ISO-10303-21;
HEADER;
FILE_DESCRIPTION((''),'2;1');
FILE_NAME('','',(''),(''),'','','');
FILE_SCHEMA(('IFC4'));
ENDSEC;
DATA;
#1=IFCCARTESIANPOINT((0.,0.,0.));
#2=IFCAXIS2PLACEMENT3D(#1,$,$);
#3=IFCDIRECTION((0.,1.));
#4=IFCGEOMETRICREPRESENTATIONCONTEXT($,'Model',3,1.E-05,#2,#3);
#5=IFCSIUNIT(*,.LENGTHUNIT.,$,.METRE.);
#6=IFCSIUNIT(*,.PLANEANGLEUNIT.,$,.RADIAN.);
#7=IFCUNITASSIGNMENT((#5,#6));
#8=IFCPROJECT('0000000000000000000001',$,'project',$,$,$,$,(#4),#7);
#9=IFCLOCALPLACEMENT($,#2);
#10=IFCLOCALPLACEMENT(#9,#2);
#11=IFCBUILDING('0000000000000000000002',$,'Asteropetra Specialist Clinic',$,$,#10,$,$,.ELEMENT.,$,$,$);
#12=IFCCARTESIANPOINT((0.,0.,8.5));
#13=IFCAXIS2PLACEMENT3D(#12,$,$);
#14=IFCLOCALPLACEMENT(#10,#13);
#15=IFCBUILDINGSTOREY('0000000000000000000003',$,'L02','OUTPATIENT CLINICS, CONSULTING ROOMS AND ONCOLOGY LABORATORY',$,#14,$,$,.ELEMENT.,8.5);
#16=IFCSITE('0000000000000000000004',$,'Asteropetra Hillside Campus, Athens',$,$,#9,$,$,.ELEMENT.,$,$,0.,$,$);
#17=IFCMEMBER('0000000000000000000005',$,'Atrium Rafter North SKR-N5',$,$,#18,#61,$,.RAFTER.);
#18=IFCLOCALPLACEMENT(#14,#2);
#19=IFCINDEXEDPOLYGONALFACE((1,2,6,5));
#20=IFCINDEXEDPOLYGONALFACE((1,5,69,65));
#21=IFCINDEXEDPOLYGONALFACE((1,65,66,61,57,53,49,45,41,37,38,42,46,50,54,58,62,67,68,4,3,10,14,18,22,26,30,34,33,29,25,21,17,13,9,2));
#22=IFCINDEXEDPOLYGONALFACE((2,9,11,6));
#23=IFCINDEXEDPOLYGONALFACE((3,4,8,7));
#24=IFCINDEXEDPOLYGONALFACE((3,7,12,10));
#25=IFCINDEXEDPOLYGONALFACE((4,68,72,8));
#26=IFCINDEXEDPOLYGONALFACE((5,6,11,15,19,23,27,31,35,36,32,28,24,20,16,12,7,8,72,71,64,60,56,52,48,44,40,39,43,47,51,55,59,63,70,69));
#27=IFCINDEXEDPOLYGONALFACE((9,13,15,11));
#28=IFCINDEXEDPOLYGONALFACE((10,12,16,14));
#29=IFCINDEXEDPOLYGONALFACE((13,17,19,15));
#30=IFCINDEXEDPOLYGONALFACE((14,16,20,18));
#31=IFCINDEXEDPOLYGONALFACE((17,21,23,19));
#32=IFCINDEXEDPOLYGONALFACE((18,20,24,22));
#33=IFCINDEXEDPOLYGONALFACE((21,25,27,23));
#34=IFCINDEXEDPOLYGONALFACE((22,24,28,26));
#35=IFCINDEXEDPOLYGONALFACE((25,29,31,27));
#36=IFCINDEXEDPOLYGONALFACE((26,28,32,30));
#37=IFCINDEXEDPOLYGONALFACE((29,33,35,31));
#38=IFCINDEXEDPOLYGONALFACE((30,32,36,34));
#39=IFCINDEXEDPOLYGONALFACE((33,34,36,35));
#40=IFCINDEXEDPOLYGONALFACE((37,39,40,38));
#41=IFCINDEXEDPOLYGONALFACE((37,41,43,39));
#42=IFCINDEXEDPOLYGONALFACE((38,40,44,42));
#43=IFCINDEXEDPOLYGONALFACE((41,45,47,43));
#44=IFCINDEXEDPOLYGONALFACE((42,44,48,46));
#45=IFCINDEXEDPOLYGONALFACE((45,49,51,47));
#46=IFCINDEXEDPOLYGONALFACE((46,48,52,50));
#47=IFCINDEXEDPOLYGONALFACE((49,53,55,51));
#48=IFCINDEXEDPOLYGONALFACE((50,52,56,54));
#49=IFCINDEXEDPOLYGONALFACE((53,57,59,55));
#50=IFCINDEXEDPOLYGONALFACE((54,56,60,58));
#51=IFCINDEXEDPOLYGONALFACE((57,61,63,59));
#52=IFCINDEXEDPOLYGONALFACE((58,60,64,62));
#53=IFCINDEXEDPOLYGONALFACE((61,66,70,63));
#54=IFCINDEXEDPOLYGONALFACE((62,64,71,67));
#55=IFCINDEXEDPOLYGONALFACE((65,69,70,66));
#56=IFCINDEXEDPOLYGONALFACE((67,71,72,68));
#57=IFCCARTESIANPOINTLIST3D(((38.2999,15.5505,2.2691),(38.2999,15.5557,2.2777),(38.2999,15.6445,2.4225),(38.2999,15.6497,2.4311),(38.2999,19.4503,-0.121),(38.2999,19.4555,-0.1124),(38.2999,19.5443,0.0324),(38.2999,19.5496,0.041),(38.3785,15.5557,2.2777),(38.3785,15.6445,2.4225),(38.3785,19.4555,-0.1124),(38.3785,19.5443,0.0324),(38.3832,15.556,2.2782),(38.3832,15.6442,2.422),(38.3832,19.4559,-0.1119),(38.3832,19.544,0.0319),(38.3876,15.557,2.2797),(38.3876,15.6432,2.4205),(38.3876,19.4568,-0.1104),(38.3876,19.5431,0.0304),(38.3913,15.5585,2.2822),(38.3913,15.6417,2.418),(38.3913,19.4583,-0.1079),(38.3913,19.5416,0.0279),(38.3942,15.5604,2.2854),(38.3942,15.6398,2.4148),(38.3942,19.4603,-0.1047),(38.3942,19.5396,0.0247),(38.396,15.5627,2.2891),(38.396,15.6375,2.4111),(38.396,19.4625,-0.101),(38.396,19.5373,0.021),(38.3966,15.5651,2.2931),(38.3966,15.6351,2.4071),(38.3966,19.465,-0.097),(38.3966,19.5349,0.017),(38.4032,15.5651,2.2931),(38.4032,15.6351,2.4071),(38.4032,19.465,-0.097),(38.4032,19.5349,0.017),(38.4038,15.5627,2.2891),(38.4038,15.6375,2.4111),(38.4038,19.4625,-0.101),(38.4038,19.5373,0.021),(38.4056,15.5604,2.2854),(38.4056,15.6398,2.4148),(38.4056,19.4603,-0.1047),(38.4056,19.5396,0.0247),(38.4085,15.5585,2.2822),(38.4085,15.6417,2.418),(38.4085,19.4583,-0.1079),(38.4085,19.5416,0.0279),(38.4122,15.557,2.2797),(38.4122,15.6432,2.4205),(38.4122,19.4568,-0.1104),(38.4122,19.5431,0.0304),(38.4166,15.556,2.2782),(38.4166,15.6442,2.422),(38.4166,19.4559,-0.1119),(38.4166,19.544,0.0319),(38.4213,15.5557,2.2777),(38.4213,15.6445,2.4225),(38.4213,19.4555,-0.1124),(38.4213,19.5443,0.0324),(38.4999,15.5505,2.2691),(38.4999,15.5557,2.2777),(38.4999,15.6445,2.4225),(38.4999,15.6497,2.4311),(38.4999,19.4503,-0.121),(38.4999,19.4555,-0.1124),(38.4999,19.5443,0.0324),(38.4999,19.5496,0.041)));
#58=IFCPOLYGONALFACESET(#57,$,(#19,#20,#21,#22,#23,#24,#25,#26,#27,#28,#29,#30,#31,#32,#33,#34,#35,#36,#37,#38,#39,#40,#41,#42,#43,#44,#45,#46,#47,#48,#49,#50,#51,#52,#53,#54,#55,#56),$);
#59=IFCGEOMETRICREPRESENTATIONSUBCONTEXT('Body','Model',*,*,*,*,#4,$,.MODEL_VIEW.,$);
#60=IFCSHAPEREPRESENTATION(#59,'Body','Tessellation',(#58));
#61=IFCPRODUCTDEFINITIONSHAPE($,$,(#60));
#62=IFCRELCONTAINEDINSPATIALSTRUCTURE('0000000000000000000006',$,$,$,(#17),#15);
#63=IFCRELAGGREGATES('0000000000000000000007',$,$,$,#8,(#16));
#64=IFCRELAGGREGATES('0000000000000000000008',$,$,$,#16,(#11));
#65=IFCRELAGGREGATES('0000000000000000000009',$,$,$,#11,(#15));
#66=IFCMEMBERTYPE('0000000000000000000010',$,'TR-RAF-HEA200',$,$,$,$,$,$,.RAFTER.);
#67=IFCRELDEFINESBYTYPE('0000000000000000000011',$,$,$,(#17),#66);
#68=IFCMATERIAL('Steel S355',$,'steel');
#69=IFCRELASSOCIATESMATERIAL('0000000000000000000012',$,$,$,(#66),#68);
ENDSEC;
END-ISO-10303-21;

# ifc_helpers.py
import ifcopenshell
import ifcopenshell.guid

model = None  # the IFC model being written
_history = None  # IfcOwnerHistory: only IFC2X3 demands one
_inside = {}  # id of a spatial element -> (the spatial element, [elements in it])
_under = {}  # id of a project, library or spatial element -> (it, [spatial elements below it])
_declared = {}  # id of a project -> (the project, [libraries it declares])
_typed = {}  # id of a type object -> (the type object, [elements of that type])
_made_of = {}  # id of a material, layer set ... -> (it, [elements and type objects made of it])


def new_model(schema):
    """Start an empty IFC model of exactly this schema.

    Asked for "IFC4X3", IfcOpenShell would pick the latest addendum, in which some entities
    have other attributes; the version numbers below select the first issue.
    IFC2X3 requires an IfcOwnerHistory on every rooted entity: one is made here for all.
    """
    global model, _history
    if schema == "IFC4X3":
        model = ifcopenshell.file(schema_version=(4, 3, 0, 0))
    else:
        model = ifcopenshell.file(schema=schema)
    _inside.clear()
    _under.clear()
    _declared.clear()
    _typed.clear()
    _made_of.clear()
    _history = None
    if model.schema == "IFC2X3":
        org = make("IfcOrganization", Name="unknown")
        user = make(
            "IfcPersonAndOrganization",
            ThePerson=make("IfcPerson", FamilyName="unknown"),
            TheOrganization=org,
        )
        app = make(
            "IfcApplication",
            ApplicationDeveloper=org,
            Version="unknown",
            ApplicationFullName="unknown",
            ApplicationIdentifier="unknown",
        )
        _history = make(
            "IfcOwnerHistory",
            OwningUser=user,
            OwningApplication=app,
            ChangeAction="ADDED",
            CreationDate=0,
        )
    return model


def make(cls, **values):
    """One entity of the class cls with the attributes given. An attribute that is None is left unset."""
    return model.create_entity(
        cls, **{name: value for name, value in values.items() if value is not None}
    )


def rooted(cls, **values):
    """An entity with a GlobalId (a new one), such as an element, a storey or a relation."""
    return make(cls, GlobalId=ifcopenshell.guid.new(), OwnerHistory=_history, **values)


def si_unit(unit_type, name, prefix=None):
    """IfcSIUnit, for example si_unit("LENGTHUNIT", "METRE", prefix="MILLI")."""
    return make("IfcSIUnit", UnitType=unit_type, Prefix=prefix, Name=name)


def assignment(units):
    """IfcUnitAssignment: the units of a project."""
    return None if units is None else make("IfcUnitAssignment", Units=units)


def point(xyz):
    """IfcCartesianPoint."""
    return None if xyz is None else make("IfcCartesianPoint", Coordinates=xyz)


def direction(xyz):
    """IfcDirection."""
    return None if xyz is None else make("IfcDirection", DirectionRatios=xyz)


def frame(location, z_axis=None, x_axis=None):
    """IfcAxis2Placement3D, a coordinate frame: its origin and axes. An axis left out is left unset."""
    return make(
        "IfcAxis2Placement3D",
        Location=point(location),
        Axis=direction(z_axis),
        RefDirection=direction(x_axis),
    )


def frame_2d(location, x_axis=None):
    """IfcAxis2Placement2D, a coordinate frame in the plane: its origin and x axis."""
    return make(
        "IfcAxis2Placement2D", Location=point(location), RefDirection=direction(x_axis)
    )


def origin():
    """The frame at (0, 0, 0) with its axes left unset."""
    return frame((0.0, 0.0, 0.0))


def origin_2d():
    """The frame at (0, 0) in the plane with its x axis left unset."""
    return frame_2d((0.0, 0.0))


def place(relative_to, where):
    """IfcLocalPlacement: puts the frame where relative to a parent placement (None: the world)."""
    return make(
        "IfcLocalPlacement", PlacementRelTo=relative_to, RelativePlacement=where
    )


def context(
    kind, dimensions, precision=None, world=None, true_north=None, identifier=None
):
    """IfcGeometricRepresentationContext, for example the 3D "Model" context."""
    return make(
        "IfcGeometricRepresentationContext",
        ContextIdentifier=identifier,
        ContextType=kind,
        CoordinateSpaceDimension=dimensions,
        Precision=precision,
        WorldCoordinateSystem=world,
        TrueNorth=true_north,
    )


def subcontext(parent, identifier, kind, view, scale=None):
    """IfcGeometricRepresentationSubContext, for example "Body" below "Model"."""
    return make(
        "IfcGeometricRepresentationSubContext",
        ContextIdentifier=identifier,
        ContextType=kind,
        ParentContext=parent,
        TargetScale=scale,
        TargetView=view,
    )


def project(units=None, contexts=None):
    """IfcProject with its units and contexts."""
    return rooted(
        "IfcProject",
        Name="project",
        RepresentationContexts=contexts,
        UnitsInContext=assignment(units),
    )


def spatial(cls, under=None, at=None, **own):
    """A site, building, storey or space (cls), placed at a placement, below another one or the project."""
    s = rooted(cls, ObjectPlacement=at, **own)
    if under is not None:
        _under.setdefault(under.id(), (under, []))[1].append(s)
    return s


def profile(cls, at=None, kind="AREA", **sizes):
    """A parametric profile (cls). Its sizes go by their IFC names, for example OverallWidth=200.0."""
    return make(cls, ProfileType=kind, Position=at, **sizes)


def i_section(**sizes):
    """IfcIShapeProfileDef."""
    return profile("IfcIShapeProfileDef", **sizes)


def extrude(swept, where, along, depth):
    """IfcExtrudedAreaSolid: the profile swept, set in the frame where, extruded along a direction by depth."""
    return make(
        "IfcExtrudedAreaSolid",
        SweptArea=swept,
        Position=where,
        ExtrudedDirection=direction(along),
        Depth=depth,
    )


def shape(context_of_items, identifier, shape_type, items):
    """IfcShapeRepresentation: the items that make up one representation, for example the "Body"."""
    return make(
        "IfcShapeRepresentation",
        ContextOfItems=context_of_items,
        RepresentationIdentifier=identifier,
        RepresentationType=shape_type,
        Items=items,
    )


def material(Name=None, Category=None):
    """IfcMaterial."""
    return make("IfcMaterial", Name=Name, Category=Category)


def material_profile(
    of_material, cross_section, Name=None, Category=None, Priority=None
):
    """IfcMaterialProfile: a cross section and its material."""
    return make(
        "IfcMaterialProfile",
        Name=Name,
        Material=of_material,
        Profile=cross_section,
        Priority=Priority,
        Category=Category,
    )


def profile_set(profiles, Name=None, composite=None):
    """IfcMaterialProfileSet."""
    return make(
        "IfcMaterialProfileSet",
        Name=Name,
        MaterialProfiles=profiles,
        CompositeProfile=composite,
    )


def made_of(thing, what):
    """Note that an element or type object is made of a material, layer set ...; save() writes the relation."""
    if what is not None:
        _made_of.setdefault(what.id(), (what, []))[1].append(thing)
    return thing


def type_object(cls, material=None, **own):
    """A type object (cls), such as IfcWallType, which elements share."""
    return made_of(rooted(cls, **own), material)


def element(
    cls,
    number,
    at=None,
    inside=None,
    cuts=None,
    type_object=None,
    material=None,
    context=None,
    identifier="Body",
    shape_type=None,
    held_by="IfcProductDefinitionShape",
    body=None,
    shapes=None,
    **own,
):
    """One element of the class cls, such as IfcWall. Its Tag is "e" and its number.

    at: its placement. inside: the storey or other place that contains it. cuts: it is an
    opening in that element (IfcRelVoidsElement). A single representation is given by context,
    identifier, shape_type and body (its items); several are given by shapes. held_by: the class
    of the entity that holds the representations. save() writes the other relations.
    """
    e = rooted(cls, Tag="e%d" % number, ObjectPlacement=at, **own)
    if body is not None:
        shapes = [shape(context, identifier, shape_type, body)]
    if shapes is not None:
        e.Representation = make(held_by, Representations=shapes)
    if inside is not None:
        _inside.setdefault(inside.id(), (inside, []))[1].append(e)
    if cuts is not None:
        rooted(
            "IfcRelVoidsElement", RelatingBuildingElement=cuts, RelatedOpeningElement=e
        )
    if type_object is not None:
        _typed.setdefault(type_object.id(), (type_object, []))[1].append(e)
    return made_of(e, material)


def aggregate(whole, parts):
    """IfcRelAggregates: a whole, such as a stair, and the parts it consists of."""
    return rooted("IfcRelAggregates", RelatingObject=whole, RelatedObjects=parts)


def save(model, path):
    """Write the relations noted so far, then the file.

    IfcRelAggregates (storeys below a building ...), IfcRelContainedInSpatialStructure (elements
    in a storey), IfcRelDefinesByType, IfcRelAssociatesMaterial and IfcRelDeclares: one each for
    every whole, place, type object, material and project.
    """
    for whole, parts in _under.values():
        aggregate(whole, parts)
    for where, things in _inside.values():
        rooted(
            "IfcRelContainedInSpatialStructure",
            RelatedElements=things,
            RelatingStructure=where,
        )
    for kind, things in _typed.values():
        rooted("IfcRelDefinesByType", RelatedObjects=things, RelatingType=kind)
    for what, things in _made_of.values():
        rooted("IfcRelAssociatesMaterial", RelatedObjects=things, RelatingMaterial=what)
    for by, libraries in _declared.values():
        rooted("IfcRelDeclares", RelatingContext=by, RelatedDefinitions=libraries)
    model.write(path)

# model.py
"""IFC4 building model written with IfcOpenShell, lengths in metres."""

from ifc_helpers import new_model, si_unit, direction, frame, origin, origin_2d, place, context, subcontext, project, spatial, i_section, extrude, material, material_profile, profile_set, type_object, element, save


model = new_model("IFC4")

# Units and contexts
model_context = context("Model", 3, precision=1e-05, world=origin(), true_north=direction((0.0, 1.0)))
body_context = subcontext(model_context, "Body", "Model", "MODEL_VIEW")
ifc_project = project(units=[si_unit("LENGTHUNIT", "METRE"), si_unit("PLANEANGLEUNIT", "RADIAN")], contexts=[model_context])

# Site, building, storey
site_placement = place(None, origin())
site = spatial("IfcSite", under=ifc_project, at=site_placement, Name="Asteropetra Hillside Campus, Athens", CompositionType="ELEMENT", RefElevation=0.0)
building_placement = place(site_placement, origin())
building = spatial("IfcBuilding", under=site, at=building_placement, Name="Asteropetra Specialist Clinic", CompositionType="ELEMENT")
storey_placement = place(building_placement, frame((0.0, 0.0, 8.5)))
storey = spatial("IfcBuildingStorey", under=building, at=storey_placement, Name="L02", Description="OUTPATIENT CLINICS, CONSULTING ROOMS AND ONCOLOGY LABORATORY", CompositionType="ELEMENT", Elevation=8.5)

# Member
ifc_material_1 = material(Name="Steel S355", Category="steel")
ifc_material_profile_1 = material_profile(ifc_material_1, i_section(OverallWidth=0.2, OverallDepth=0.1899, WebThickness=0.0066, FlangeThickness=0.01, FilletRadius=0.0181, at=origin_2d()), Name="HEA 200")
ifc_profile_set_1 = profile_set([ifc_material_profile_1], Name="Steel S355")
member_type_1 = type_object("IfcMemberType", Name="TR-RAF-HEA200", PredefinedType="RAFTER", material=ifc_profile_set_1)
member_1_placement = place(storey_placement, frame((38.3999, 15.6001, 2.3501), z_axis=(0.0, 0.852614, -0.522542), x_axis=(-1.0, 0.0, 0.0)))
element("IfcMember", 1, at=member_1_placement, inside=storey, type_object=member_type_1, Name="Atrium Rafter North SKR-N5", PredefinedType="RAFTER", context=body_context, shape_type="SweptSolid", body=[
    extrude(i_section(OverallWidth=0.2, OverallDepth=0.1899, WebThickness=0.0066, FlangeThickness=0.01, FilletRadius=0.0181, at=origin_2d()), origin(), (0.0, 0.0, 1.0), 4.574),
])

save(model, "model.ifc")
